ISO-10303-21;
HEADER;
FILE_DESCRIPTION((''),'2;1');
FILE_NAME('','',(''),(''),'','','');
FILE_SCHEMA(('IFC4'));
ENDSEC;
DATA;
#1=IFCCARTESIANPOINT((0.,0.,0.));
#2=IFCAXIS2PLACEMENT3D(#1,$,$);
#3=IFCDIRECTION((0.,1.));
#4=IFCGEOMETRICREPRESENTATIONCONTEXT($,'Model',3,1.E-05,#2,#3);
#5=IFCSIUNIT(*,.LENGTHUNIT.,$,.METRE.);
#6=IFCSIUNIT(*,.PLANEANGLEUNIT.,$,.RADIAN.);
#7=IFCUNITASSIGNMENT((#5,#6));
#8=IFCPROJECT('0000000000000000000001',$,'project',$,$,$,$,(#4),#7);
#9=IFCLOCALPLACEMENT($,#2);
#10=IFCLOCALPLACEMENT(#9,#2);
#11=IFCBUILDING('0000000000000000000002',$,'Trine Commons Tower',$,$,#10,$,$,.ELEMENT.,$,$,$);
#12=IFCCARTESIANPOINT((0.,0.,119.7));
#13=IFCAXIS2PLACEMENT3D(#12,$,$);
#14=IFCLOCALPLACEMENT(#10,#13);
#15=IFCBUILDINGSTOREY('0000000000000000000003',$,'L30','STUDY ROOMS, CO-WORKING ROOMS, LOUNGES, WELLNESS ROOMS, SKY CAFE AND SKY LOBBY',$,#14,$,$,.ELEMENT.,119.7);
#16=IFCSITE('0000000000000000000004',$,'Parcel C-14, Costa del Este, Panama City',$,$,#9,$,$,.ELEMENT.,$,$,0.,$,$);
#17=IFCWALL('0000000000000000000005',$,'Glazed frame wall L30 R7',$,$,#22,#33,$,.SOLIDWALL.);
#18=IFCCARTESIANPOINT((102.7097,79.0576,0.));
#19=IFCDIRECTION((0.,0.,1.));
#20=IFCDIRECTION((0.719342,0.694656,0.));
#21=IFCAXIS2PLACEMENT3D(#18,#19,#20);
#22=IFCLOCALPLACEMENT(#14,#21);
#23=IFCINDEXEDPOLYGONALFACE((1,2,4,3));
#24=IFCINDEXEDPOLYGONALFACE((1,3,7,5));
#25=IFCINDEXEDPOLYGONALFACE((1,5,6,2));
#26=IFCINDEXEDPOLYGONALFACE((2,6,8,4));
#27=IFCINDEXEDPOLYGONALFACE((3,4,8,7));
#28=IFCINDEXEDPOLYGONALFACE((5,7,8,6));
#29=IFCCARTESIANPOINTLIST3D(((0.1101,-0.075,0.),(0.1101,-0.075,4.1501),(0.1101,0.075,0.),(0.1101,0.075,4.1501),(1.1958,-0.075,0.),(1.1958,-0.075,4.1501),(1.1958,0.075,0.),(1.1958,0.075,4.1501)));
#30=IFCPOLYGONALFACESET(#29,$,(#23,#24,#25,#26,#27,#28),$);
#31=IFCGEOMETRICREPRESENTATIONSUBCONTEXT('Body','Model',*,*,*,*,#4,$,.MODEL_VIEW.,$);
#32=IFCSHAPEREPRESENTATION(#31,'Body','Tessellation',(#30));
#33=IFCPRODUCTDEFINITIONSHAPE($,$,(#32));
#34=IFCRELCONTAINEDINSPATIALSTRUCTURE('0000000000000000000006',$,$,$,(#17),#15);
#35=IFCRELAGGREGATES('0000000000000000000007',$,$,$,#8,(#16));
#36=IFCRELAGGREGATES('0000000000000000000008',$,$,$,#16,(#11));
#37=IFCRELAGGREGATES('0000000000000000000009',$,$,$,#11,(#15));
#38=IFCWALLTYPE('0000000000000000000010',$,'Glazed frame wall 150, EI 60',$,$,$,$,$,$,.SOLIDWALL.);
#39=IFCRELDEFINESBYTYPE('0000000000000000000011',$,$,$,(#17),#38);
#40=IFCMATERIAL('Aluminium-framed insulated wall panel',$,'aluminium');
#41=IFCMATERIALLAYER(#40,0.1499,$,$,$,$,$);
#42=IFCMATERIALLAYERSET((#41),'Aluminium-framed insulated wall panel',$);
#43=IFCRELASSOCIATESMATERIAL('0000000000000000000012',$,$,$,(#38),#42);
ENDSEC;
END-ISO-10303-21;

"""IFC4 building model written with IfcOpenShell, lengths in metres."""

from ifc_helpers import new_model, si_unit, direction, frame, origin, place, context, subcontext, project, spatial, polyline, outline, extrude, material, layer, layer_set, type_object, element, save


model = new_model("IFC4")

# Units and contexts
model_context = context("Model", 3, precision=1e-05, world=origin(), true_north=direction((0.0, 1.0)))
body_context = subcontext(model_context, "Body", "Model", "MODEL_VIEW")
ifc_project = project(units=[si_unit("LENGTHUNIT", "METRE"), si_unit("PLANEANGLEUNIT", "RADIAN")], contexts=[model_context])

# Site, building, storey
site_placement = place(None, origin())
site = spatial("IfcSite", under=ifc_project, at=site_placement, Name="Parcel C-14, Costa del Este, Panama City", CompositionType="ELEMENT", RefElevation=0.0)
building_placement = place(site_placement, origin())
building = spatial("IfcBuilding", under=site, at=building_placement, Name="Trine Commons Tower", CompositionType="ELEMENT")
storey_placement = place(building_placement, frame((0.0, 0.0, 119.7)))
storey = spatial("IfcBuildingStorey", under=building, at=storey_placement, Name="L30", Description="STUDY ROOMS, CO-WORKING ROOMS, LOUNGES, WELLNESS ROOMS, SKY CAFE AND SKY LOBBY", CompositionType="ELEMENT", Elevation=119.7)

# Wall
ifc_material_1 = material(Name="Aluminium-framed insulated wall panel", Category="aluminium")
ifc_layer_1 = layer(ifc_material_1, 0.1499)
ifc_layer_set_1 = layer_set([ifc_layer_1], Name="Aluminium-framed insulated wall panel")
wall_type_1 = type_object("IfcWallType", Name="Glazed frame wall 150, EI 60", PredefinedType="SOLIDWALL", material=ifc_layer_set_1)
wall_1_placement = place(storey_placement, frame((102.7097, 79.0576, 0.0), z_axis=(0.0, 0.0, 1.0), x_axis=(0.719342, 0.694656, 0.0)))
element("IfcWall", 1, at=wall_1_placement, inside=storey, type_object=wall_type_1, Name="Glazed frame wall L30 R7", PredefinedType="SOLIDWALL", context=body_context, shape_type="SweptSolid", body=[
    extrude(outline(polyline([(0.1101, 0.075), (0.1101, -0.075), (1.1958, -0.075), (1.1958, 0.075), (0.1101, 0.075)])), origin(), (0.0, 0.0, 1.0), 4.1501),
])

save(model, "model.ifc")
